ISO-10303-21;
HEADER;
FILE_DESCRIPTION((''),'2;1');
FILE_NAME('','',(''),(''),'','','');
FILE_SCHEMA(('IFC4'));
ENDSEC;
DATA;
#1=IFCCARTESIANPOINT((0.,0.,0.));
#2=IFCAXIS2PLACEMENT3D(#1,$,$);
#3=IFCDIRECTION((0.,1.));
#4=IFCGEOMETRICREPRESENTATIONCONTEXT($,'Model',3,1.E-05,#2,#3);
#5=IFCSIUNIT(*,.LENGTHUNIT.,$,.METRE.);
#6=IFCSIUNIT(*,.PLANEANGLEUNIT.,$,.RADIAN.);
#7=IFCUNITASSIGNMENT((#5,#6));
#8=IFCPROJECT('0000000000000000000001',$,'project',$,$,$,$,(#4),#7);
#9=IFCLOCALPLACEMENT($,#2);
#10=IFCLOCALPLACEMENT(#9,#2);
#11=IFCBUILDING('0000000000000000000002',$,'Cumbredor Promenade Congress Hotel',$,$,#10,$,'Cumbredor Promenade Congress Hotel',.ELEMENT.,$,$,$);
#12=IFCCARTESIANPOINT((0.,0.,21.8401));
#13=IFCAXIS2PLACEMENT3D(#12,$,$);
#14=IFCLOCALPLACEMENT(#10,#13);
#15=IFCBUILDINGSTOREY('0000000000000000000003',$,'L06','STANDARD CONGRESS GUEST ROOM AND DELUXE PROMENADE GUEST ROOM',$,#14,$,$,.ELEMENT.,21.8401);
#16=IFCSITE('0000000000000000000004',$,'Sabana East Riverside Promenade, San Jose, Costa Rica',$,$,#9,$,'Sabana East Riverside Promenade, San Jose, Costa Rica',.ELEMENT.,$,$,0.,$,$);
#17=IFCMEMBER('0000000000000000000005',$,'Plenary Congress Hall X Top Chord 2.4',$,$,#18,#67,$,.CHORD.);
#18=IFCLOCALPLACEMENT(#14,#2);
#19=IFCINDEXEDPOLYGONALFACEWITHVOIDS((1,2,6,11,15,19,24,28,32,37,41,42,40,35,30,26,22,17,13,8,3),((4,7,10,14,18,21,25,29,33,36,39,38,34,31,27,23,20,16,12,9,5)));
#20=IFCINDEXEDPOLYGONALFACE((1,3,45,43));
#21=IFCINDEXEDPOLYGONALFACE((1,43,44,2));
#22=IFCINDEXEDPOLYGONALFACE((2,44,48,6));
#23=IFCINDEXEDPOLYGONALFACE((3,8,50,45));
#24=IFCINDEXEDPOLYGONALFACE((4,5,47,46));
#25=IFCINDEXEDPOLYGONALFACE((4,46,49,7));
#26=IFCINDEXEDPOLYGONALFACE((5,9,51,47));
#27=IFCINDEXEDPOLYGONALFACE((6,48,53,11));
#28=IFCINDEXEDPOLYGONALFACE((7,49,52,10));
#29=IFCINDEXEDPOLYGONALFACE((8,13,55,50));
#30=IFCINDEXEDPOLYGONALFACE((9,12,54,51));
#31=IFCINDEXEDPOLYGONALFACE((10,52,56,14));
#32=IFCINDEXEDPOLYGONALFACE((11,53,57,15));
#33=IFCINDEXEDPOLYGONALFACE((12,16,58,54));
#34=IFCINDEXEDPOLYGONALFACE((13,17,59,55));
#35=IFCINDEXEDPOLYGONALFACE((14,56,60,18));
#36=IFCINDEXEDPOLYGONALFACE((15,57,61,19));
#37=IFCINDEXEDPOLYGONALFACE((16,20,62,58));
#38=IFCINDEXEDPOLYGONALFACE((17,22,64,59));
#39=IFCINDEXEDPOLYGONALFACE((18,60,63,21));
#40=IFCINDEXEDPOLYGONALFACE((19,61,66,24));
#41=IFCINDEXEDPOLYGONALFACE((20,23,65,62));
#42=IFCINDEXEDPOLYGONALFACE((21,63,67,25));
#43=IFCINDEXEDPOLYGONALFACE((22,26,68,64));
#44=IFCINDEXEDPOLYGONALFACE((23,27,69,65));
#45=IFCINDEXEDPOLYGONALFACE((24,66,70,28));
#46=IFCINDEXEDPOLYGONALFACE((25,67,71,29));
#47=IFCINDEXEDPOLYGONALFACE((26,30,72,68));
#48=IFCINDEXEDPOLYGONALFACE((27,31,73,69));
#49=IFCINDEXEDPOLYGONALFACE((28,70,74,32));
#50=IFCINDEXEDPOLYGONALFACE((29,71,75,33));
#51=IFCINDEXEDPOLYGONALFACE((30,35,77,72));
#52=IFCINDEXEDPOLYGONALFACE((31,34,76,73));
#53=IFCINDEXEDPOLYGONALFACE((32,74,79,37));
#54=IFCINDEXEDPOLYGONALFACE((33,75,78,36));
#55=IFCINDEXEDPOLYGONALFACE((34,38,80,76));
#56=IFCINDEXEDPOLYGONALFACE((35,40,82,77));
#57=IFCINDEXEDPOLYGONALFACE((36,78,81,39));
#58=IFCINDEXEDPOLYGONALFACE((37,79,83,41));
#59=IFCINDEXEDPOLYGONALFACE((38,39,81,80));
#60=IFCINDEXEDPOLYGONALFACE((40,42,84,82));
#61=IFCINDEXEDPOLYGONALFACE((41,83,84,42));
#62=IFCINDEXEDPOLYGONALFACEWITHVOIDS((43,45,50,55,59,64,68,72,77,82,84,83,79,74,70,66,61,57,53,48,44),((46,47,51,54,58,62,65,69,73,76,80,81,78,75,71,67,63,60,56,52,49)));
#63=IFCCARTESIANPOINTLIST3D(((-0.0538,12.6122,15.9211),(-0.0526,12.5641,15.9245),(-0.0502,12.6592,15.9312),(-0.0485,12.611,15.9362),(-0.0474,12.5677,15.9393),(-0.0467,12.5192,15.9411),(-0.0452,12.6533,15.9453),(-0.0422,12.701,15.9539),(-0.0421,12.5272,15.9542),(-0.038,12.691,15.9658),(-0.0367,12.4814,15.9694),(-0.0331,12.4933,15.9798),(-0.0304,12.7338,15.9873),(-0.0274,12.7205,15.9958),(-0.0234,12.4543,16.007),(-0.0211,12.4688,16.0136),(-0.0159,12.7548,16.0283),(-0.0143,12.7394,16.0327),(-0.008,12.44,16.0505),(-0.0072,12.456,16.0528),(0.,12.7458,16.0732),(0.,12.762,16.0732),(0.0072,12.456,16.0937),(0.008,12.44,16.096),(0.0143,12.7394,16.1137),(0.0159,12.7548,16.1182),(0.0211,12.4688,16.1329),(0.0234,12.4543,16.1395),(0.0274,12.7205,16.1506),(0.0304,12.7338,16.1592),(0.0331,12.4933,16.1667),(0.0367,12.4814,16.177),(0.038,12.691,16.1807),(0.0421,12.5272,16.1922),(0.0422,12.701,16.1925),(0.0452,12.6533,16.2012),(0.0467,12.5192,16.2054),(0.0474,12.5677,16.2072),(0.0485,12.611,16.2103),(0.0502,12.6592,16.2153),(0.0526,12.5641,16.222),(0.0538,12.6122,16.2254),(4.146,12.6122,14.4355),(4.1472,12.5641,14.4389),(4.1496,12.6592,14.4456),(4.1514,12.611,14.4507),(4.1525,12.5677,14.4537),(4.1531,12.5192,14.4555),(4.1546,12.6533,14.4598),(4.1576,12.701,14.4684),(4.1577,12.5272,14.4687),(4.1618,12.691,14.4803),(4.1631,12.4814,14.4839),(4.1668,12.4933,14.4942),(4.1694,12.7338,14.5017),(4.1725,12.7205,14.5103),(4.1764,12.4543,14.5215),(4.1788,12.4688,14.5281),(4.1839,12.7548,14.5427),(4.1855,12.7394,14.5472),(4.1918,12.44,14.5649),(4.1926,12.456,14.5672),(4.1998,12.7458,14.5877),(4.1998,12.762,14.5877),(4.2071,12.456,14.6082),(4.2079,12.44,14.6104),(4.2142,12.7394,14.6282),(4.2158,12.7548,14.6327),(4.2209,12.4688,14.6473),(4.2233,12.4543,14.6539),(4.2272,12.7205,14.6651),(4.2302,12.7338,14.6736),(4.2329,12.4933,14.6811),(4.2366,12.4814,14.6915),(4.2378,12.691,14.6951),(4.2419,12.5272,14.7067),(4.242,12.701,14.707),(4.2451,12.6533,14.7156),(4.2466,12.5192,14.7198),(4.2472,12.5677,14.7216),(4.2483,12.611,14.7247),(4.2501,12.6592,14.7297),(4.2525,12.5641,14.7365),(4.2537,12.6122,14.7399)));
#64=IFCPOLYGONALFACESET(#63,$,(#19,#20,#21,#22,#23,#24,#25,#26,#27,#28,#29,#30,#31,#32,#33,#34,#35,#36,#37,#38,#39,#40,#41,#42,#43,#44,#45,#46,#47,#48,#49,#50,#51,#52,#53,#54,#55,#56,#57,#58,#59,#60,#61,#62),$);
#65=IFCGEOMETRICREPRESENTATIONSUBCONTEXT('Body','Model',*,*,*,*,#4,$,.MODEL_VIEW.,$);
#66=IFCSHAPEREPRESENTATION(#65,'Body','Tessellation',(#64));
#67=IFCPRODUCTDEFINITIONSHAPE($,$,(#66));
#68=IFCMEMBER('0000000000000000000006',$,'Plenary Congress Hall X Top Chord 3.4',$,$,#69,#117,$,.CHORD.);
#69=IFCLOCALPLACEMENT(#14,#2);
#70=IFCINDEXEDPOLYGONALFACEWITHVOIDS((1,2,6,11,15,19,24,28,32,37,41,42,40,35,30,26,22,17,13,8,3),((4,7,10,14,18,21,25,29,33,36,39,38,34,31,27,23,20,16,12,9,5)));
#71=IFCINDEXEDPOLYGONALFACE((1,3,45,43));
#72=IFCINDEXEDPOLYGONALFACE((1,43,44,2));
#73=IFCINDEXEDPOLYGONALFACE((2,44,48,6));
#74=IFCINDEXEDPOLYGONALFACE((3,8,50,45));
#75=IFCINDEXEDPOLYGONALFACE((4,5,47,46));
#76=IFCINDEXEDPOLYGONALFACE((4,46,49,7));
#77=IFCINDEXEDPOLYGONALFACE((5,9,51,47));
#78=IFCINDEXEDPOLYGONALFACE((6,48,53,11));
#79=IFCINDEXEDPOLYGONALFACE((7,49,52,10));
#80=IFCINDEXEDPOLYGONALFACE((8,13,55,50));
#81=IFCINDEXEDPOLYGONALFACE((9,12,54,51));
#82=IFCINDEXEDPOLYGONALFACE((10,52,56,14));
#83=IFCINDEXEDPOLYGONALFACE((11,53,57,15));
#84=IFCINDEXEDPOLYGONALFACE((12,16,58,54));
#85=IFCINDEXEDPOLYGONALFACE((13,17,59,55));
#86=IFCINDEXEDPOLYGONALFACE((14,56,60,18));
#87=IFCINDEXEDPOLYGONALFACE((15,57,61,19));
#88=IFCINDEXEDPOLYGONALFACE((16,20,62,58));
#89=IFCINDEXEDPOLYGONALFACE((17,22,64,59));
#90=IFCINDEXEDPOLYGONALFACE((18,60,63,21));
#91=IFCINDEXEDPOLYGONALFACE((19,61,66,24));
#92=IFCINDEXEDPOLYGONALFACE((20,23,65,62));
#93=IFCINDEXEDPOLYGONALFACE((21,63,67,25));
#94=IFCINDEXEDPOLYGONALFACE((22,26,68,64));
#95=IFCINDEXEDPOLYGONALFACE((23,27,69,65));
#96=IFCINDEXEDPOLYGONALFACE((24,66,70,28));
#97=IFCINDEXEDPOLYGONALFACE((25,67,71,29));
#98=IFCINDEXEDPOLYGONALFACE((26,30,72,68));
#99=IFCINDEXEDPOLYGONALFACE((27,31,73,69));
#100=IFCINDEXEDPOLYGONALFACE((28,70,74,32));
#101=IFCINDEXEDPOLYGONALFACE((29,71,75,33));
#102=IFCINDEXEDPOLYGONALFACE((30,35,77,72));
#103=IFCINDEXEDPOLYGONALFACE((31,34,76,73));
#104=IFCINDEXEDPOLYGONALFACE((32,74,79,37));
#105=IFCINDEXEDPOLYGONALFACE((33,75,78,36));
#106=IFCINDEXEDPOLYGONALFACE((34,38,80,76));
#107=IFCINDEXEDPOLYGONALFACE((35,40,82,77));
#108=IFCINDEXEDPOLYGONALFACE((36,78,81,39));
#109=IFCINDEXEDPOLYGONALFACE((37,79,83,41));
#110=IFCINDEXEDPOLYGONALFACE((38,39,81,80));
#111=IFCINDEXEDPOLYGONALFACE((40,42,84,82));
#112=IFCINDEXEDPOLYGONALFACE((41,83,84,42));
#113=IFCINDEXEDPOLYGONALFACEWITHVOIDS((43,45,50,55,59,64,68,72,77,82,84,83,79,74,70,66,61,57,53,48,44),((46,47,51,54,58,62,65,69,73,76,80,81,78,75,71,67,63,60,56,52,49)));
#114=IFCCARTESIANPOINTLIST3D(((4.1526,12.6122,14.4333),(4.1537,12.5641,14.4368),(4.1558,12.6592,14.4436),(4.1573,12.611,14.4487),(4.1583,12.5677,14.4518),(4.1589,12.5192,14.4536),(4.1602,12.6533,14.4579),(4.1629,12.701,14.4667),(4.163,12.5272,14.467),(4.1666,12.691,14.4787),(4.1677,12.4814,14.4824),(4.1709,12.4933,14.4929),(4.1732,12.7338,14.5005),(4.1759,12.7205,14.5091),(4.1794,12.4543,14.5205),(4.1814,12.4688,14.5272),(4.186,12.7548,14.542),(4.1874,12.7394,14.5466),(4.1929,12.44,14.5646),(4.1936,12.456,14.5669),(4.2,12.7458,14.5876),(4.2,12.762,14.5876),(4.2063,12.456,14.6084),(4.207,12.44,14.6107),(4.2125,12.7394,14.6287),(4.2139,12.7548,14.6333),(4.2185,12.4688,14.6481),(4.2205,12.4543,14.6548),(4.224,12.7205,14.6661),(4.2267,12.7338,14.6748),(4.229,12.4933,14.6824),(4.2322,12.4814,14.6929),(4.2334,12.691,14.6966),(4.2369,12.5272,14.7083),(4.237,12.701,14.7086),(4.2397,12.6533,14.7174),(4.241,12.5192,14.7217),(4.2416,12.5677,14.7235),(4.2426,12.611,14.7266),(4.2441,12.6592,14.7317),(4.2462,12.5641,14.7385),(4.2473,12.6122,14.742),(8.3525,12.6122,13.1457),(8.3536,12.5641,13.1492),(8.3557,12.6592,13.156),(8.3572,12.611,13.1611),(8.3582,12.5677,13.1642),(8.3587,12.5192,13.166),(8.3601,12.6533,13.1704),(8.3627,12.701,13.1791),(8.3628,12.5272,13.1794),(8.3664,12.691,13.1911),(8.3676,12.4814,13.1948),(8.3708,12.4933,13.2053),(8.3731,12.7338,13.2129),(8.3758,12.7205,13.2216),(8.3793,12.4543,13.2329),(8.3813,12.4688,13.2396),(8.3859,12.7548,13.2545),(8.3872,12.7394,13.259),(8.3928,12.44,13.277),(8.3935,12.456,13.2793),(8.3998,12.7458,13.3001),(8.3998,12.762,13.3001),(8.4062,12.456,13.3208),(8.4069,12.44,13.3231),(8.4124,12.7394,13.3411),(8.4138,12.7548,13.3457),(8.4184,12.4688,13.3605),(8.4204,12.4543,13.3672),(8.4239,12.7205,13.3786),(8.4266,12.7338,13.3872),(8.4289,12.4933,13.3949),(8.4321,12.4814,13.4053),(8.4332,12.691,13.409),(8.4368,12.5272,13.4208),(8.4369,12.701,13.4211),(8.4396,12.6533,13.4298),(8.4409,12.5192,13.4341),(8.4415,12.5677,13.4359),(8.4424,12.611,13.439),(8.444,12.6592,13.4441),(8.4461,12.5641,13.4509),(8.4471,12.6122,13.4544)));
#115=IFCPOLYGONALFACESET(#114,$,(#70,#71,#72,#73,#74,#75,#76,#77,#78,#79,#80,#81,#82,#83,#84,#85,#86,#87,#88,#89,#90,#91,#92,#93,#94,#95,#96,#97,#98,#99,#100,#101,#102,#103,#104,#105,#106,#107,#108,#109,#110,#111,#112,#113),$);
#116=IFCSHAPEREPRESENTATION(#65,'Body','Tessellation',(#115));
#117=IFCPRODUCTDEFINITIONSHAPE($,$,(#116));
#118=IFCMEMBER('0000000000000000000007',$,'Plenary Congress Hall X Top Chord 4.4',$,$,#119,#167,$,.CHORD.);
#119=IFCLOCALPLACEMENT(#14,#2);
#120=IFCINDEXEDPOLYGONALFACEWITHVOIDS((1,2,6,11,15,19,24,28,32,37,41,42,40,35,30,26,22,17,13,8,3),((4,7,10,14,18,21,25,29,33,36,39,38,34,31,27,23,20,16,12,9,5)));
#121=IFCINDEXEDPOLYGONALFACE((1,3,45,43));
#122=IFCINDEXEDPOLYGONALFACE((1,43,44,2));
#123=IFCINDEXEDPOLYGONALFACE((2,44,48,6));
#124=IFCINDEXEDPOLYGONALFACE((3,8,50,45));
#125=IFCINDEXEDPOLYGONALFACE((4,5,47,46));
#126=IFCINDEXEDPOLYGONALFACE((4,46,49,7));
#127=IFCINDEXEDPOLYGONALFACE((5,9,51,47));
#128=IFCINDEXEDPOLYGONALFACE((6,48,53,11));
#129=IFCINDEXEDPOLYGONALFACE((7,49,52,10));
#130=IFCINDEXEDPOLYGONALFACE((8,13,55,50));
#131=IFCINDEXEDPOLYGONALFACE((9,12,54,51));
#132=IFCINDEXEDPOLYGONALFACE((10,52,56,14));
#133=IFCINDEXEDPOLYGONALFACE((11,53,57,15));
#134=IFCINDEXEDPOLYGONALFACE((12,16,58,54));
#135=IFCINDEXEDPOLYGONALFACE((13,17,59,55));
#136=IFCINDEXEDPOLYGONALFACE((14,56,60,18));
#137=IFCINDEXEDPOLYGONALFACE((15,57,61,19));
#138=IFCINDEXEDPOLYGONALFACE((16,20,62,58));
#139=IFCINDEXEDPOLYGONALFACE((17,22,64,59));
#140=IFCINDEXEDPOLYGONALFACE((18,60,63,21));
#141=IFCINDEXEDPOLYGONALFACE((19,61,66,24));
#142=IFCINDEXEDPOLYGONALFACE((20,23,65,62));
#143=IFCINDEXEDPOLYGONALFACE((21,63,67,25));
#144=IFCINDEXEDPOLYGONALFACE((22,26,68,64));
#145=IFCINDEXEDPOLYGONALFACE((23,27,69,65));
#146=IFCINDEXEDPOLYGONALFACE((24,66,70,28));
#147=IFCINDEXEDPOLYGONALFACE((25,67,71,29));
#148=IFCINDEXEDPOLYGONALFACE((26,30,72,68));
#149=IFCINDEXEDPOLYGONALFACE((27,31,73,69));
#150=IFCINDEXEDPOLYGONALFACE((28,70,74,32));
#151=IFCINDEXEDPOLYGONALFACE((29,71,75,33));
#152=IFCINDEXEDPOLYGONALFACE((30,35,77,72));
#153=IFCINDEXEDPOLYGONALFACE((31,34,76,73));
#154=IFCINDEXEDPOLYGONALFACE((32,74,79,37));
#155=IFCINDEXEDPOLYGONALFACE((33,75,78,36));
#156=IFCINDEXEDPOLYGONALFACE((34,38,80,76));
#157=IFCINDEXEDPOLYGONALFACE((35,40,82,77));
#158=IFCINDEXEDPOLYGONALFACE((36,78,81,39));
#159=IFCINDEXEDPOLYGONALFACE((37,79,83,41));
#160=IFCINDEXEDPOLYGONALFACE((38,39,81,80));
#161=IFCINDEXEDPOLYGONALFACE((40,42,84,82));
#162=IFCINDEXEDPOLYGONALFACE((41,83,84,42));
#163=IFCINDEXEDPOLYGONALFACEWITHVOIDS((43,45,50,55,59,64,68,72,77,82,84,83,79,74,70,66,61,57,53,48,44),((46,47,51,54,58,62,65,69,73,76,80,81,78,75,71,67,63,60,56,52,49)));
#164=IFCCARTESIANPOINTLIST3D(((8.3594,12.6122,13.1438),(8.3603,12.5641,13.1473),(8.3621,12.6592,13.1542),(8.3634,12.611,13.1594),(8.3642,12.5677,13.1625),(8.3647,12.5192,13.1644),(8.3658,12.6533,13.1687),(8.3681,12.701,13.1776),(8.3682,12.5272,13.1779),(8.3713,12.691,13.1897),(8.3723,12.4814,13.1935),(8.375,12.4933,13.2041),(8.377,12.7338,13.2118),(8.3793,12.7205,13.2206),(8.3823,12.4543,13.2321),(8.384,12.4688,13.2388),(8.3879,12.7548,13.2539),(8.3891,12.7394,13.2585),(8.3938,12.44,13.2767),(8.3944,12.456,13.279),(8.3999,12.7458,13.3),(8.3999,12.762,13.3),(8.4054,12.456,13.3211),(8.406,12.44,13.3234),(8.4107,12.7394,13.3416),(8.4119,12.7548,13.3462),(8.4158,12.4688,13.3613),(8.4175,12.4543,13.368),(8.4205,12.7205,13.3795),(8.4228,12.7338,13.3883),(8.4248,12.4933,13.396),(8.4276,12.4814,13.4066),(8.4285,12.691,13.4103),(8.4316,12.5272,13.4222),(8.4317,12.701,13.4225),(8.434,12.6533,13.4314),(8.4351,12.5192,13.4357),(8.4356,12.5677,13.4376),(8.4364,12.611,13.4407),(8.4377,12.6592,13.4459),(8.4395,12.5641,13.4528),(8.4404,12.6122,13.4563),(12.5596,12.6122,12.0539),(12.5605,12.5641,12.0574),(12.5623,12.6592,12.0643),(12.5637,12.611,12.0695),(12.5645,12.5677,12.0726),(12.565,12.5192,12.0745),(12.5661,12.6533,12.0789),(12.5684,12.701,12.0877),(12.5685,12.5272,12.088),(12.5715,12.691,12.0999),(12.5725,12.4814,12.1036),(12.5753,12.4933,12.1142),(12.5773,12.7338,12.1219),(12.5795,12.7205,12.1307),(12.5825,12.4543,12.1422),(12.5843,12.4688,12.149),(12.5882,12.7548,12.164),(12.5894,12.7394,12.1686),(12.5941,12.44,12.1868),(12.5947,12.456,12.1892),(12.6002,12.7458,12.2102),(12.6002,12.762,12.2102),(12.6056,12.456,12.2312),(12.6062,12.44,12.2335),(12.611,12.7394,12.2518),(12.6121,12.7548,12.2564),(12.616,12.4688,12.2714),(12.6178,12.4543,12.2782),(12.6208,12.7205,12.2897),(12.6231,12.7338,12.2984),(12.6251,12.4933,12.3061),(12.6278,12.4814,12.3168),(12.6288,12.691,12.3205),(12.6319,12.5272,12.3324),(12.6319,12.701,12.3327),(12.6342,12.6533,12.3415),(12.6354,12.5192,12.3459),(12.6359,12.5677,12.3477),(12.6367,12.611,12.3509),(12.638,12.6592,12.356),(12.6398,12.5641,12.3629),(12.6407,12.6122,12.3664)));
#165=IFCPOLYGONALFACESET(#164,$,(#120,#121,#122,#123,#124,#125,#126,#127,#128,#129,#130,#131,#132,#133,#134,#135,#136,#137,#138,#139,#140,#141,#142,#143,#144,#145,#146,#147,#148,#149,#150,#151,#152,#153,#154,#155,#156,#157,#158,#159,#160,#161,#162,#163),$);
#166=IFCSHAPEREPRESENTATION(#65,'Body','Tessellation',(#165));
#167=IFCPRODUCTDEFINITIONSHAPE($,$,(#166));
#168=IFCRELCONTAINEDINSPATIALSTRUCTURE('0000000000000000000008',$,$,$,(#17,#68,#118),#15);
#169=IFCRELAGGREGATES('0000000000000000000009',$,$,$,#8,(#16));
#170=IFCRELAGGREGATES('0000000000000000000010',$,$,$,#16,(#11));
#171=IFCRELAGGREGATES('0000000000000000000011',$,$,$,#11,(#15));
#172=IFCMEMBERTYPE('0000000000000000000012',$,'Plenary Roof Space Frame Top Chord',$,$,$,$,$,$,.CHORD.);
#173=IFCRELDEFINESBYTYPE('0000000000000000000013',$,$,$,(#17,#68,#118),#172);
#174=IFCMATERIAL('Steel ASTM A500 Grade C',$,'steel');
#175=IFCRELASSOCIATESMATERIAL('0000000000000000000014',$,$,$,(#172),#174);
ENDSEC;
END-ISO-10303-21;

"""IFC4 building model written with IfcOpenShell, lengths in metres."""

from ifc_helpers import new_model, si_unit, direction, frame, origin, origin_2d, place, context, subcontext, project, spatial, hollow_circle, extrude, material, material_profile, profile_set, type_object, element, save


model = new_model("IFC4")

# Units and contexts
model_context = context("Model", 3, precision=1e-05, world=origin(), true_north=direction((0.0, 1.0)))
body_context = subcontext(model_context, "Body", "Model", "MODEL_VIEW")
ifc_project = project(units=[si_unit("LENGTHUNIT", "METRE"), si_unit("PLANEANGLEUNIT", "RADIAN")], contexts=[model_context])

# Site, building, storey
site_placement = place(None, origin())
site = spatial("IfcSite", under=ifc_project, at=site_placement, Name="Sabana East Riverside Promenade, San Jose, Costa Rica", LongName="Sabana East Riverside Promenade, San Jose, Costa Rica", CompositionType="ELEMENT", RefElevation=0.0)
building_placement = place(site_placement, origin())
building = spatial("IfcBuilding", under=site, at=building_placement, Name="Cumbredor Promenade Congress Hotel", LongName="Cumbredor Promenade Congress Hotel", CompositionType="ELEMENT")
storey_placement = place(building_placement, frame((0.0, 0.0, 21.8401)))
storey = spatial("IfcBuildingStorey", under=building, at=storey_placement, Name="L06", Description="STANDARD CONGRESS GUEST ROOM AND DELUXE PROMENADE GUEST ROOM", CompositionType="ELEMENT", Elevation=21.8401)

# Members
ifc_material_1 = material(Name="Steel ASTM A500 Grade C", Category="steel")
ifc_material_profile_1 = material_profile(ifc_material_1, hollow_circle(Radius=0.1619, WallThickness=0.0161, at=origin_2d()), Name="CHS 323.9x16")
ifc_profile_set_1 = profile_set([ifc_material_profile_1], Name="Steel ASTM A500 Grade C")
member_type_1 = type_object("IfcMemberType", Name="Plenary Roof Space Frame Top Chord", PredefinedType="CHORD", material=ifc_profile_set_1)
member_1_placement = place(storey_placement, frame((0.0, 12.6001, 16.0732), z_axis=(0.94276, 0.0, -0.333471), x_axis=(0.0, 1.0, 0.0)))
element("IfcMember", 1, at=member_1_placement, inside=storey, type_object=member_type_1, Name="Plenary Congress Hall X Top Chord 2.4", PredefinedType="CHORD", context=body_context, shape_type="SweptSolid", body=[
    extrude(hollow_circle(Radius=0.1619, WallThickness=0.0161, at=origin_2d()), origin(), (0.0, 0.0, 1.0), 4.4548),
])
member_2_placement = place(storey_placement, frame((4.2, 12.6001, 14.5876), z_axis=(0.956079, 0.0, -0.293109), x_axis=(0.0, 1.0, 0.0)))
element("IfcMember", 2, at=member_2_placement, inside=storey, type_object=member_type_1, Name="Plenary Congress Hall X Top Chord 3.4", PredefinedType="CHORD", context=body_context, shape_type="SweptSolid", body=[
    extrude(hollow_circle(Radius=0.1619, WallThickness=0.0161, at=origin_2d()), origin(), (0.0, 0.0, 1.0), 4.3928),
])
member_3_placement = place(storey_placement, frame((8.3999, 12.6001, 13.3), z_axis=(0.967946, 0.0, -0.251157), x_axis=(0.0, 1.0, 0.0)))
element("IfcMember", 3, at=member_3_placement, inside=storey, type_object=member_type_1, Name="Plenary Congress Hall X Top Chord 4.4", PredefinedType="CHORD", context=body_context, shape_type="SweptSolid", body=[
    extrude(hollow_circle(Radius=0.1619, WallThickness=0.0161, at=origin_2d()), origin(), (0.0, 0.0, 1.0), 4.3394),
])

save(model, "model.ifc")
